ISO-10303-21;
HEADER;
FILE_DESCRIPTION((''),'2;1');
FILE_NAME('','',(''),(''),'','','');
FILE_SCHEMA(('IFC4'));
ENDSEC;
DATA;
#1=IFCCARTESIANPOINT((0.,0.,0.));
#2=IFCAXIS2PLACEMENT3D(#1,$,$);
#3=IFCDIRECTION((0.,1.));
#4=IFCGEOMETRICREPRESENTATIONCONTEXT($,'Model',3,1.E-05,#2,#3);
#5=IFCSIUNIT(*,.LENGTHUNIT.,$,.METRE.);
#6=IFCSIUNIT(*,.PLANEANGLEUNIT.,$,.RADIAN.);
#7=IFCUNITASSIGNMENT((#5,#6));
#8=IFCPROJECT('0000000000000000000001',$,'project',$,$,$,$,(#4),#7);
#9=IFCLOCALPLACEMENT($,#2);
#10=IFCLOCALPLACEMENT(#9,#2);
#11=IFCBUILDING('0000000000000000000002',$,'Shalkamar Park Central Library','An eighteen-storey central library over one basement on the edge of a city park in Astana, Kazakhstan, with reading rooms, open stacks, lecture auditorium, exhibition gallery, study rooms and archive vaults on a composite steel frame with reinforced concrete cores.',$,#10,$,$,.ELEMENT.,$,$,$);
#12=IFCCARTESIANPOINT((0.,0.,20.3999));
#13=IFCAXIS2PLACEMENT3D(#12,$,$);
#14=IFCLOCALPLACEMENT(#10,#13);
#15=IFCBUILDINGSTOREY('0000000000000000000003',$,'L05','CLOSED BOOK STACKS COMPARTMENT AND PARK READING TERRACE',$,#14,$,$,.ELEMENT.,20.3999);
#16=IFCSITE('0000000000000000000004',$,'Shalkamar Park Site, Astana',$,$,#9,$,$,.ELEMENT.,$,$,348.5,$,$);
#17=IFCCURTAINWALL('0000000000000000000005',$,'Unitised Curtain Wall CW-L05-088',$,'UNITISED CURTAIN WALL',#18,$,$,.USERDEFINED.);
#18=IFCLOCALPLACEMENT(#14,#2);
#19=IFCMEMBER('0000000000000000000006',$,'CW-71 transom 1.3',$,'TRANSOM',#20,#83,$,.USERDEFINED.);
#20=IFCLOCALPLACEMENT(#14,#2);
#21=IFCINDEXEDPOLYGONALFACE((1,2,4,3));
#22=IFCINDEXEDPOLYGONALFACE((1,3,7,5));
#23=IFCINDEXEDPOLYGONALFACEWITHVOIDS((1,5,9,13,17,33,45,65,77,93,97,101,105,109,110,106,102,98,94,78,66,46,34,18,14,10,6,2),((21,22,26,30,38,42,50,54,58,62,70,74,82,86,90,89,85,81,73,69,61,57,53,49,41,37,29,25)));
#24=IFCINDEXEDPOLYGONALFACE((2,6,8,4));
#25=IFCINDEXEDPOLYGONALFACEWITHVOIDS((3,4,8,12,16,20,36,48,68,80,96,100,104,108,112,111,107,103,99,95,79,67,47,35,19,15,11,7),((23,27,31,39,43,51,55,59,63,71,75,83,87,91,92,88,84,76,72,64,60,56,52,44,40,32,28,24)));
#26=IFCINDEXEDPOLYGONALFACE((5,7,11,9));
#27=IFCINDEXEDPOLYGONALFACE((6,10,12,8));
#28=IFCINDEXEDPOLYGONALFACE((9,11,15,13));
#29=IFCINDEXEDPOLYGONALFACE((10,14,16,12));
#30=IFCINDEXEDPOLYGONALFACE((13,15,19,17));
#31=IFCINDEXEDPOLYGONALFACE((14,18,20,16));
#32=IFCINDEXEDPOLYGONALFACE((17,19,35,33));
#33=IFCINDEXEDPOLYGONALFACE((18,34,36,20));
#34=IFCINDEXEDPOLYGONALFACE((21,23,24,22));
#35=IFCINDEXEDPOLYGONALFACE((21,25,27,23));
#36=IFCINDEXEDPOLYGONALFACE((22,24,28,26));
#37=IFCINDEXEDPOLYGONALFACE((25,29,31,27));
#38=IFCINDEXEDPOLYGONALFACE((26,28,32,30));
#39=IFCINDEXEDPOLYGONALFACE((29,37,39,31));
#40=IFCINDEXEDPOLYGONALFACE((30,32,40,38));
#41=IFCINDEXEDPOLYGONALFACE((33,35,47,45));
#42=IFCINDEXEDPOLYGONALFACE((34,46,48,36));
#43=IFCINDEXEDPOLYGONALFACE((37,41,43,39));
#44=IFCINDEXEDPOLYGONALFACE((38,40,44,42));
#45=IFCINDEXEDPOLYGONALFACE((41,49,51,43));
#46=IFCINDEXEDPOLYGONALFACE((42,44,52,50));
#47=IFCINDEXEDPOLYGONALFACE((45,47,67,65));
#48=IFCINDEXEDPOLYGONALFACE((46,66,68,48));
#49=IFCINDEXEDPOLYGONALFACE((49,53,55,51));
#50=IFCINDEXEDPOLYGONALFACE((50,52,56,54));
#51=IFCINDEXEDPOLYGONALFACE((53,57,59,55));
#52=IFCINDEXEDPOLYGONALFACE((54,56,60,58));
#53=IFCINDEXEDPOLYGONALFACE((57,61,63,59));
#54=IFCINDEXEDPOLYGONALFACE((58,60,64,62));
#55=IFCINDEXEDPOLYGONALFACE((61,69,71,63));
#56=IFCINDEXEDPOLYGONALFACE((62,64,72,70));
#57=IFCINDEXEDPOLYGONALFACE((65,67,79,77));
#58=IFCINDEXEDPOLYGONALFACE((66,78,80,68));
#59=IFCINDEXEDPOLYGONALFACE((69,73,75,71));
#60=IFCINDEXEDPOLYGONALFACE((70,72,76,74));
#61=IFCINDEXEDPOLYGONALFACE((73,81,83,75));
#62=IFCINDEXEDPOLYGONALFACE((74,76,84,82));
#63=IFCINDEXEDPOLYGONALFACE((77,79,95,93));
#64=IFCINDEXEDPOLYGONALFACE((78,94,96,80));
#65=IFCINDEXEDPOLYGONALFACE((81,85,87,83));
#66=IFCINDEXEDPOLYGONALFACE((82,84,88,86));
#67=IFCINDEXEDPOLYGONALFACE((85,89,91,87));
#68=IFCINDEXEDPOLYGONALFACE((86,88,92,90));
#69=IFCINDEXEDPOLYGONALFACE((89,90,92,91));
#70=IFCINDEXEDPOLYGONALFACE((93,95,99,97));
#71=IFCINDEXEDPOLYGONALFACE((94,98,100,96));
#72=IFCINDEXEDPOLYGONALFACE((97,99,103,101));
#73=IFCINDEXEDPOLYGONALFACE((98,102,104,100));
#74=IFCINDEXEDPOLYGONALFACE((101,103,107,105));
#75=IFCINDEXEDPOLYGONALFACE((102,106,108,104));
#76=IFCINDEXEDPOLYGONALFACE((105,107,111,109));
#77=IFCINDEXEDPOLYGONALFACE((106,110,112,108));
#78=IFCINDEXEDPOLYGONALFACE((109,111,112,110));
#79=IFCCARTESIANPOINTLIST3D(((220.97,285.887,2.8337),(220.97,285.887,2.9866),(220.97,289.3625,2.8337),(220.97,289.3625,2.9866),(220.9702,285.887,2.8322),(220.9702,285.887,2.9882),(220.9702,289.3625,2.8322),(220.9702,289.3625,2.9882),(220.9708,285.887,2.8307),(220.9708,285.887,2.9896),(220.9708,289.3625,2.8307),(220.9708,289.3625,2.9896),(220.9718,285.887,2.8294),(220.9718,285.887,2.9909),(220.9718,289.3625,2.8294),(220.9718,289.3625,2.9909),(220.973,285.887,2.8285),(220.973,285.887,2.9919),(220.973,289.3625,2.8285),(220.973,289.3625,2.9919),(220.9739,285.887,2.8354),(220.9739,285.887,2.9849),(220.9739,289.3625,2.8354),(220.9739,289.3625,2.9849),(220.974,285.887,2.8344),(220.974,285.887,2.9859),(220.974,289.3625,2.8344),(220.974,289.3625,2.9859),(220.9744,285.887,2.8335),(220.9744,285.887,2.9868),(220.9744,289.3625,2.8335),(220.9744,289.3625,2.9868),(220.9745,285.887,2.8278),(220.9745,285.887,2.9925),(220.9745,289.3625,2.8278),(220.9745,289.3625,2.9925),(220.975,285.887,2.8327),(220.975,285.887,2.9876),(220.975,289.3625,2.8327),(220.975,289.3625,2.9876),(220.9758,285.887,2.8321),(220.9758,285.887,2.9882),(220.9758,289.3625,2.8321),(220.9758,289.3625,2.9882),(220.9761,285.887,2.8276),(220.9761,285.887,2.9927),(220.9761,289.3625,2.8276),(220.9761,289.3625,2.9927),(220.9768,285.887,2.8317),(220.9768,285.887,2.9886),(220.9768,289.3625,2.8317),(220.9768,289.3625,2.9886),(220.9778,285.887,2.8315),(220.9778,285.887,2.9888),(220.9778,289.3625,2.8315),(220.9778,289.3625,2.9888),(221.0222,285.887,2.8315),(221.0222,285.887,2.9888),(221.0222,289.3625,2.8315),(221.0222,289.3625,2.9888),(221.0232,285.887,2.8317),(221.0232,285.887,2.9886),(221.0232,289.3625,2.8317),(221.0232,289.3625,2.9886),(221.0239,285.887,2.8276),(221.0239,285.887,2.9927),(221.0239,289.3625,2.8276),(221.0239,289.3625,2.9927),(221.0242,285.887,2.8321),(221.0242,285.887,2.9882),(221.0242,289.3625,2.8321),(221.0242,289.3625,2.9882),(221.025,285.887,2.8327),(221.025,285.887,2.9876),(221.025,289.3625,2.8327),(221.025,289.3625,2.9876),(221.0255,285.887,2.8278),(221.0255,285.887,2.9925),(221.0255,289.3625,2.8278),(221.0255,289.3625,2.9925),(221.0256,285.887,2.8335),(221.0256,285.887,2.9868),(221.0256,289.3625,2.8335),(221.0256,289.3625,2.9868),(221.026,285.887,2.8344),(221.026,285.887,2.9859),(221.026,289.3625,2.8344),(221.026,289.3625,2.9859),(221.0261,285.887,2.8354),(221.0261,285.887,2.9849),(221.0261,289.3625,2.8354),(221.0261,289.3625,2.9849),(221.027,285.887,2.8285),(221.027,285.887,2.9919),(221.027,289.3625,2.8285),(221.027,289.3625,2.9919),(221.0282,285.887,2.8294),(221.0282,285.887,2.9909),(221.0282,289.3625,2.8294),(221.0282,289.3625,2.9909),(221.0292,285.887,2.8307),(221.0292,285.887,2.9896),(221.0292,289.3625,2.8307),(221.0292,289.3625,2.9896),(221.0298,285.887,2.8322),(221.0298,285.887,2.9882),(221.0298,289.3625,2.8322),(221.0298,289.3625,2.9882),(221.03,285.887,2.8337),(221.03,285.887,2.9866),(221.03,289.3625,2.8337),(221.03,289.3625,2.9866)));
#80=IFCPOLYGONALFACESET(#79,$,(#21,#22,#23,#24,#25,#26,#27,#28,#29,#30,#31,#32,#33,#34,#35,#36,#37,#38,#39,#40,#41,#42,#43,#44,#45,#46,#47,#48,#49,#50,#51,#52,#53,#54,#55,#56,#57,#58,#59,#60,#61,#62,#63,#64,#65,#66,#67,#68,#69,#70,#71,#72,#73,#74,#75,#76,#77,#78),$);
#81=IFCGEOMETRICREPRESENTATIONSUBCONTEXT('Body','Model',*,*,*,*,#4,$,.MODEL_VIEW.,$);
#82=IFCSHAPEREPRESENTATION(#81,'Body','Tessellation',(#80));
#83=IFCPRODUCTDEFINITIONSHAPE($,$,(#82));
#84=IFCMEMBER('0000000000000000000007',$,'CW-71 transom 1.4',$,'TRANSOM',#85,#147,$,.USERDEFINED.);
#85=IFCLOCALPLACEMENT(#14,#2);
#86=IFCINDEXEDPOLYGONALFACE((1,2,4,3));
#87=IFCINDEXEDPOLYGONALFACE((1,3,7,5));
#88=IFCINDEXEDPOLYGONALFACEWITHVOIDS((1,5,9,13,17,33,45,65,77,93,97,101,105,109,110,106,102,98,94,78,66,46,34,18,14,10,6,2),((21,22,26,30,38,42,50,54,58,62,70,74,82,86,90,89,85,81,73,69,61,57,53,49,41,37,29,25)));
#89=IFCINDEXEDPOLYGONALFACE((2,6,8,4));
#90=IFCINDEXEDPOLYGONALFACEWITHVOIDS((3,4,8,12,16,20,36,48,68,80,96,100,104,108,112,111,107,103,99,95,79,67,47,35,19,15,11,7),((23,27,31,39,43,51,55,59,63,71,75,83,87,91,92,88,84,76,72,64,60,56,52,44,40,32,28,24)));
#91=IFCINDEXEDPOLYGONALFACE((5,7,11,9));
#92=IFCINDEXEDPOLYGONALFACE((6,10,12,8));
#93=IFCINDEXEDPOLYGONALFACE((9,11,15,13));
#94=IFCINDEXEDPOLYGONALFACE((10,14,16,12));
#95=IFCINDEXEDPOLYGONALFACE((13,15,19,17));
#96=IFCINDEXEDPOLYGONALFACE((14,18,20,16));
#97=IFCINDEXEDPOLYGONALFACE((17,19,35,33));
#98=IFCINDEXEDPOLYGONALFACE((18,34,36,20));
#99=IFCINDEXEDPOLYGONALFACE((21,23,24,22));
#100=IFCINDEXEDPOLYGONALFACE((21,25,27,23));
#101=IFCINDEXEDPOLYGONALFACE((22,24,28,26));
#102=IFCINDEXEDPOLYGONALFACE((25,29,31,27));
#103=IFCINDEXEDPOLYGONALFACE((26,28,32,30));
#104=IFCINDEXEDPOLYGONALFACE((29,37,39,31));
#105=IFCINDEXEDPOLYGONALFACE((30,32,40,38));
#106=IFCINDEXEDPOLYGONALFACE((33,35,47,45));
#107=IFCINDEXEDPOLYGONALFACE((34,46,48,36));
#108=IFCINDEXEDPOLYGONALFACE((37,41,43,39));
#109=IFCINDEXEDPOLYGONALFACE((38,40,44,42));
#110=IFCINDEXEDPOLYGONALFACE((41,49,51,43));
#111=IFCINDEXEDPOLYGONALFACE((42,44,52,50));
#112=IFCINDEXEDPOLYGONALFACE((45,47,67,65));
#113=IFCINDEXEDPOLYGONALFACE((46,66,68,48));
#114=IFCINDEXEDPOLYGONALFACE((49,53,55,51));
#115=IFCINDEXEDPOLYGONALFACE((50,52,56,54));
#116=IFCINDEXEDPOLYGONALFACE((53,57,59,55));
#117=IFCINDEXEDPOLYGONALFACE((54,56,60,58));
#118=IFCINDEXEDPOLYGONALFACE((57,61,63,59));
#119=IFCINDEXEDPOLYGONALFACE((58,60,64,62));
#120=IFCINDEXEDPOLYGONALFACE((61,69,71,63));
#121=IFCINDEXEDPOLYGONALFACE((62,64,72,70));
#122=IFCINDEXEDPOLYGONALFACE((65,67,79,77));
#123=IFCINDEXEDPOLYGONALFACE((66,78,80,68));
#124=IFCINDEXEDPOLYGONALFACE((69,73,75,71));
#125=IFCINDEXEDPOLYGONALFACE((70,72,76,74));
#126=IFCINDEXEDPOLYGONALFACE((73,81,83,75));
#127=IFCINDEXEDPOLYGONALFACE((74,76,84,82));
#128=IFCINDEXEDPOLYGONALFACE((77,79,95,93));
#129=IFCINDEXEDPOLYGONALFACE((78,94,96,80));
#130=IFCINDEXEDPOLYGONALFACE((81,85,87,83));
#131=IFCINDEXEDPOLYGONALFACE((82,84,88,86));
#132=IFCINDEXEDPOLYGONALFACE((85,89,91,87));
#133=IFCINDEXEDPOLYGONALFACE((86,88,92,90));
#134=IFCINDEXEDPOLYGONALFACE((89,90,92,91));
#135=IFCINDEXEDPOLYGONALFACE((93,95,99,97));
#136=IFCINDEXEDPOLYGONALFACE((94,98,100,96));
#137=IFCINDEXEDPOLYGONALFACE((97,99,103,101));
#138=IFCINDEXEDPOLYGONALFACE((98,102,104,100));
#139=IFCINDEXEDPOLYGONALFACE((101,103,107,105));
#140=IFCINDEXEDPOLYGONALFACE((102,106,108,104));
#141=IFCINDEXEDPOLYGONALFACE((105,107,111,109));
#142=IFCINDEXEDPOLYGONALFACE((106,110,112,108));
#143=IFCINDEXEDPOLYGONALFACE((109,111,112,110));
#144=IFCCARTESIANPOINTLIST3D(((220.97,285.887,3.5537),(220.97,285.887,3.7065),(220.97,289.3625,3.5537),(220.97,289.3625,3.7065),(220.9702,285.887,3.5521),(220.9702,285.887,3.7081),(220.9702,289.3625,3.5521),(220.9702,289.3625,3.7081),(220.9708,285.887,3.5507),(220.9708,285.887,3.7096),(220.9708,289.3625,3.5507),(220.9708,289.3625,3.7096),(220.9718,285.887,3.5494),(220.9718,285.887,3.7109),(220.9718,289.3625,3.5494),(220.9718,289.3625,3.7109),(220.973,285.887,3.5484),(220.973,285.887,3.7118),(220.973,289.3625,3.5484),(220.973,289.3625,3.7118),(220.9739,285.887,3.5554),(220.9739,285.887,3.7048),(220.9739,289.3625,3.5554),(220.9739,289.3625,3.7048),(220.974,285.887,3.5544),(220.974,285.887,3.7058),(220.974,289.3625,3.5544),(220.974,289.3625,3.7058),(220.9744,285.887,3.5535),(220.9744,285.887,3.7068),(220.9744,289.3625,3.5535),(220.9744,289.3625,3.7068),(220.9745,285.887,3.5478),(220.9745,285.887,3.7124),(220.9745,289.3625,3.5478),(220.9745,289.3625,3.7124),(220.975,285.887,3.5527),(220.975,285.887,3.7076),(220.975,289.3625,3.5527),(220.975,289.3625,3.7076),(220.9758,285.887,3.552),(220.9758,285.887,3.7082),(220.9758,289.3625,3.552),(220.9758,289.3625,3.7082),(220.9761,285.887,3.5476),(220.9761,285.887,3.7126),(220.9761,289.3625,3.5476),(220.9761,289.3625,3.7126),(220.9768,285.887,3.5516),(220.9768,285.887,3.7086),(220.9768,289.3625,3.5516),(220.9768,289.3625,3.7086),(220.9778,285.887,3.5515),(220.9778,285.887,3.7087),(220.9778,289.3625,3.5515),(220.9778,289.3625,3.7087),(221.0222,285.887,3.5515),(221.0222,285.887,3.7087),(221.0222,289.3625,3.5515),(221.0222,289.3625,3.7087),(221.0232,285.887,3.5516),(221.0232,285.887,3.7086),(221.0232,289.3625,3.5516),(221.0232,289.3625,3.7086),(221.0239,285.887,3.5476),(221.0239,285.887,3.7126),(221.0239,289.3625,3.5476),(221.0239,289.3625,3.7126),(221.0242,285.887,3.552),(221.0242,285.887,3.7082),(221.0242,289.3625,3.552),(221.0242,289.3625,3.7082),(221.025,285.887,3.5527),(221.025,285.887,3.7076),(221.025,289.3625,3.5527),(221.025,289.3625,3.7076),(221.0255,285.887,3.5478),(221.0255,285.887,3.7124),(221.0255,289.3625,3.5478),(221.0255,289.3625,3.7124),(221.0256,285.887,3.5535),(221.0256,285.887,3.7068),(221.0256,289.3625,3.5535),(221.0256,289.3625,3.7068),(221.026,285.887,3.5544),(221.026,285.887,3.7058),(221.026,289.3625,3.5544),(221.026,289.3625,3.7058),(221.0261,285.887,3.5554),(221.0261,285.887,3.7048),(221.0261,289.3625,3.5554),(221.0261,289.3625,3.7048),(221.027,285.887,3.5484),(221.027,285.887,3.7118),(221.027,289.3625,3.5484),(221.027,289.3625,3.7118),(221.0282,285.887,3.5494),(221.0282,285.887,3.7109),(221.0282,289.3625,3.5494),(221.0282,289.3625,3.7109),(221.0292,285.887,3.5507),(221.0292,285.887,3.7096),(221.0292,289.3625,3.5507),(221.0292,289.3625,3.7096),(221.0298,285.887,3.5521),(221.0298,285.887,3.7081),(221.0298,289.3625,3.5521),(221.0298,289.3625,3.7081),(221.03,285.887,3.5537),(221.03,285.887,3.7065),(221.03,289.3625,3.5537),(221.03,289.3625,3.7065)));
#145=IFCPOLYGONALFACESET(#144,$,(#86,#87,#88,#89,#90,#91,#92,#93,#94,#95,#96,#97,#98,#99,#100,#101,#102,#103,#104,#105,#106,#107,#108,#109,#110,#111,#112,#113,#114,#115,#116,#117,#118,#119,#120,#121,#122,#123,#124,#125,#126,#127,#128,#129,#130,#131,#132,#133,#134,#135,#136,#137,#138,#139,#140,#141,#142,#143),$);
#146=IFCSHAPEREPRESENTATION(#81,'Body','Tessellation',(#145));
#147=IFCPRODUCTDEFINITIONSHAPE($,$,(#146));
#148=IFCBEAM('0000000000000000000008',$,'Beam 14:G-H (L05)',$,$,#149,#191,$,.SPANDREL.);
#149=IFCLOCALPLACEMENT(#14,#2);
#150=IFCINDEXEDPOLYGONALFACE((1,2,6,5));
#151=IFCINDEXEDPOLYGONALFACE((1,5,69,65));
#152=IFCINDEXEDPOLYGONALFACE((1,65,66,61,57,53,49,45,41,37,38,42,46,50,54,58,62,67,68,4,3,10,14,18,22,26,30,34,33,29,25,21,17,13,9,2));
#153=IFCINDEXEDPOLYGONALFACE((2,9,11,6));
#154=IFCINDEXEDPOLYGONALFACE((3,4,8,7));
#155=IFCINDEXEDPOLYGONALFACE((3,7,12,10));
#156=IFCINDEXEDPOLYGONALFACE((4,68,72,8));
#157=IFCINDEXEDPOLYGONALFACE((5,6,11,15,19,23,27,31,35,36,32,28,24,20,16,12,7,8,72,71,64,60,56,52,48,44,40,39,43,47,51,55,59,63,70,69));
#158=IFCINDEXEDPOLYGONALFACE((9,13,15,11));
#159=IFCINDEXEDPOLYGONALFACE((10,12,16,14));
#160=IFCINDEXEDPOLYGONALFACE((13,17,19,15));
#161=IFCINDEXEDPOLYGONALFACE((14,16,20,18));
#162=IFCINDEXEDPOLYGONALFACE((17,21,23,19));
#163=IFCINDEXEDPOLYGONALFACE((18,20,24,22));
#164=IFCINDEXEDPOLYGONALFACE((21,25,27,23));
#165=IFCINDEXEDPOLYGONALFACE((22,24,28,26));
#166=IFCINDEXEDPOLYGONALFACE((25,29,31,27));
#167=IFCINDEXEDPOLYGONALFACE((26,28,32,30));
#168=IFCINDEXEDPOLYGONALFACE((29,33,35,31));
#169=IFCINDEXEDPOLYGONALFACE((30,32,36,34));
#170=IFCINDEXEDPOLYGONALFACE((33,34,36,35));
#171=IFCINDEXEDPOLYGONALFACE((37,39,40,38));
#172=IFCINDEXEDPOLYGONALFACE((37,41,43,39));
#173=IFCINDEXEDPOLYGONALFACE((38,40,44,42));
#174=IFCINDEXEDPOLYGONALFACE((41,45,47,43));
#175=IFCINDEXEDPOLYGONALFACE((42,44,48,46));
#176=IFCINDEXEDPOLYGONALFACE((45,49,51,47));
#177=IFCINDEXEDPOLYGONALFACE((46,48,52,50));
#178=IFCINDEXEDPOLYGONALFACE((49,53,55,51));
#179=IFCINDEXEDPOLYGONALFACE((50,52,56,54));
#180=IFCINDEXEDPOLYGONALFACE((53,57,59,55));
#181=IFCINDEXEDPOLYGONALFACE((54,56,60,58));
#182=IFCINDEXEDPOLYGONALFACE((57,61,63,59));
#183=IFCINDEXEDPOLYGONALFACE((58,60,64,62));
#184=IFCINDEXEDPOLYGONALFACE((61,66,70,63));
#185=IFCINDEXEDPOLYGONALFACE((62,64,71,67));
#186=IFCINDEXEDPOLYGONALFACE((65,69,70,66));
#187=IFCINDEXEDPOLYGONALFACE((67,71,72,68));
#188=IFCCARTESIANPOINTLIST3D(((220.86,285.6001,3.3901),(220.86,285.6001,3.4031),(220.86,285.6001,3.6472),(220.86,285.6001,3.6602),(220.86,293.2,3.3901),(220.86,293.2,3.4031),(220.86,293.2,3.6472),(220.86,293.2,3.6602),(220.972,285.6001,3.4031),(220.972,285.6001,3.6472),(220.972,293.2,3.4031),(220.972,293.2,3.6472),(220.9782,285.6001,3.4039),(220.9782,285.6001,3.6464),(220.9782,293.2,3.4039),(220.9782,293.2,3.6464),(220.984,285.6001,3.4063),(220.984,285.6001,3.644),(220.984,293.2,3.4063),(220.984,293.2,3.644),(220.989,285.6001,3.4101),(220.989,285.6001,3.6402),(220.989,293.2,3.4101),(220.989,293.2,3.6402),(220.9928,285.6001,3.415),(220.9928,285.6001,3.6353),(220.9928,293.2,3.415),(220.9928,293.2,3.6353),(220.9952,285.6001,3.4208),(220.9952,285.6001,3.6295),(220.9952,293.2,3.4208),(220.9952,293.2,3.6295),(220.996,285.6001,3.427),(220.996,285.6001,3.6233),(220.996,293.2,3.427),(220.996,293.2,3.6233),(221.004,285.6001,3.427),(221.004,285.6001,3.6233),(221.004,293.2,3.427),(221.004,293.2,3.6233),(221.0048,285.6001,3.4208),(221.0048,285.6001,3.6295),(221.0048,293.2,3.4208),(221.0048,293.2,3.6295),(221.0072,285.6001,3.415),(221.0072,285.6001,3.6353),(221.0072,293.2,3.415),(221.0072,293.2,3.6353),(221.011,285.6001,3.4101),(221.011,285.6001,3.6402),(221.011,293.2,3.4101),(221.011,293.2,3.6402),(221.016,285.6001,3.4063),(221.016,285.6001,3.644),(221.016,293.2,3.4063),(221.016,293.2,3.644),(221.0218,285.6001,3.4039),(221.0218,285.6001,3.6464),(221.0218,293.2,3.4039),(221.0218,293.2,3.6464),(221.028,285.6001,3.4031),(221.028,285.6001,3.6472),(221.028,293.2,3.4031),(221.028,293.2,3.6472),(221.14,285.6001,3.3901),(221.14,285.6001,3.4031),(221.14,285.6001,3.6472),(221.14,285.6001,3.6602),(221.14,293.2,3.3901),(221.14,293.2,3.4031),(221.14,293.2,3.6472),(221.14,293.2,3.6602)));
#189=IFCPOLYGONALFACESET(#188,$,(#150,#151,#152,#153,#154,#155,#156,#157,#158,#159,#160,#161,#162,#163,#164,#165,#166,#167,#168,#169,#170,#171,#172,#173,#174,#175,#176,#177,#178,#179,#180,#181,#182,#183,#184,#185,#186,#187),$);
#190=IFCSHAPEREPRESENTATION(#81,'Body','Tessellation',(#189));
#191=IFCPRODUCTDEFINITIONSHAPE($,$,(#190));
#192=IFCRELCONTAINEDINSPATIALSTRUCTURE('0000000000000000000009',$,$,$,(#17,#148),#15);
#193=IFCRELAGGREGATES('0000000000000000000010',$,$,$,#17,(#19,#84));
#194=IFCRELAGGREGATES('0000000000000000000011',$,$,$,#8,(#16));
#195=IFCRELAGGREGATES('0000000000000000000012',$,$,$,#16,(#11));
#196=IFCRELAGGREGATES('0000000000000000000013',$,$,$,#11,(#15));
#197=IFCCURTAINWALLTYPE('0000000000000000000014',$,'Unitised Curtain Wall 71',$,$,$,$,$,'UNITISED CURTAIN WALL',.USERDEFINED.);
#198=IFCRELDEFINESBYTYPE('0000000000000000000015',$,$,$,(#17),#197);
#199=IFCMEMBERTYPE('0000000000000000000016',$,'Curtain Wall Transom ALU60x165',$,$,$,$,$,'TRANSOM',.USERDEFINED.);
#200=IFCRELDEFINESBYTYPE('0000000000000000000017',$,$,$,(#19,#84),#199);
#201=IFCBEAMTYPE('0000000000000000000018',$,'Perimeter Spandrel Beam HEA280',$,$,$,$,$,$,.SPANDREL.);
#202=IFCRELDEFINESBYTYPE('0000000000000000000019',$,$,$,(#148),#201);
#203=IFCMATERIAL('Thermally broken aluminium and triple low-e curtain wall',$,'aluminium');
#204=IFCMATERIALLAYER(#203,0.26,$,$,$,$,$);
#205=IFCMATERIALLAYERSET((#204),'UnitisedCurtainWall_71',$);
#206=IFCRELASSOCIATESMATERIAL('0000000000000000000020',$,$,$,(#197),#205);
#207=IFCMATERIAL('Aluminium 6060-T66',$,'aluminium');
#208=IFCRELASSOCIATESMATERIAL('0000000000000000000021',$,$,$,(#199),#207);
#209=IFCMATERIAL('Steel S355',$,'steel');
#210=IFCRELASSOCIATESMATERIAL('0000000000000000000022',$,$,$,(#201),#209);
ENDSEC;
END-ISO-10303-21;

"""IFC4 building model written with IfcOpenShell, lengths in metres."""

from ifc_helpers import new_model, si_unit, direction, frame, origin, origin_2d, place, context, subcontext, project, spatial, hollow_rectangle, i_section, extrude, material, layer, layer_set, material_profile, profile_set, type_object, element, aggregate, save


model = new_model("IFC4")

# Units and contexts
model_context = context("Model", 3, precision=1e-05, world=origin(), true_north=direction((0.0, 1.0)))
body_context = subcontext(model_context, "Body", "Model", "MODEL_VIEW")
ifc_project = project(units=[si_unit("LENGTHUNIT", "METRE"), si_unit("PLANEANGLEUNIT", "RADIAN")], contexts=[model_context])

# Site, building, storey
site_placement = place(None, origin())
site = spatial("IfcSite", under=ifc_project, at=site_placement, Name="Shalkamar Park Site, Astana", CompositionType="ELEMENT", RefElevation=348.5)
building_placement = place(site_placement, origin())
building = spatial("IfcBuilding", under=site, at=building_placement, Name="Shalkamar Park Central Library", Description="An eighteen-storey central library over one basement on the edge of a city park in Astana, Kazakhstan, with reading rooms, open stacks, lecture auditorium, exhibition gallery, study rooms and archive vaults on a composite steel frame with reinforced concrete cores.", CompositionType="ELEMENT")
storey_placement = place(building_placement, frame((0.0, 0.0, 20.3999)))
storey = spatial("IfcBuildingStorey", under=building, at=storey_placement, Name="L05", Description="CLOSED BOOK STACKS COMPARTMENT AND PARK READING TERRACE", CompositionType="ELEMENT", Elevation=20.3999)

# Shared definitions
ifc_material_1 = material(Name="Steel S355", Category="steel")

# Curtain wall, members
ifc_material_2 = material(Name="Thermally broken aluminium and triple low-e curtain wall", Category="aluminium")
ifc_layer_1 = layer(ifc_material_2, 0.26)
ifc_layer_set_1 = layer_set([ifc_layer_1], Name="UnitisedCurtainWall_71")
curtain_wall_type = type_object("IfcCurtainWallType", Name="Unitised Curtain Wall 71", ElementType="UNITISED CURTAIN WALL", PredefinedType="USERDEFINED", material=ifc_layer_set_1)
curtain_wall_placement = place(storey_placement, origin())
curtain_wall = element("IfcCurtainWall", 1, at=curtain_wall_placement, inside=storey, type_object=curtain_wall_type, Name="Unitised Curtain Wall CW-L05-088", ObjectType="UNITISED CURTAIN WALL", PredefinedType="USERDEFINED")
ifc_material_3 = material(Name="Aluminium 6060-T66", Category="aluminium")
ifc_material_profile_1 = material_profile(ifc_material_3, hollow_rectangle(XDim=0.0601, YDim=0.165, WallThickness=0.0039, InnerFilletRadius=0.0039, OuterFilletRadius=0.0061, at=origin_2d()), Name="ALU 60x165x4")
ifc_profile_set_1 = profile_set([ifc_material_profile_1], Name="Aluminium 6060-T66")
member_type_1 = type_object("IfcMemberType", Name="Curtain Wall Transom ALU60x165", ElementType="TRANSOM", PredefinedType="USERDEFINED", material=ifc_profile_set_1)
member_1_placement = place(storey_placement, frame((221.0, 285.887, 2.9102), z_axis=(0.0, 1.0, 0.0), x_axis=(-1.0, 0.0, 0.0)))
member_1 = element("IfcMember", 2, at=member_1_placement, type_object=member_type_1, Name="CW-71 transom 1.3", ObjectType="TRANSOM", PredefinedType="USERDEFINED", context=body_context, shape_type="SweptSolid", body=[
    extrude(hollow_rectangle(XDim=0.0601, YDim=0.165, WallThickness=0.0039, InnerFilletRadius=0.0039, OuterFilletRadius=0.0061, at=origin_2d()), origin(), (0.0, 0.0, 1.0), 3.4756),
])
member_2_placement = place(storey_placement, frame((221.0, 285.887, 3.6301), z_axis=(0.0, 1.0, 0.0), x_axis=(-1.0, 0.0, 0.0)))
member_2 = element("IfcMember", 3, at=member_2_placement, type_object=member_type_1, Name="CW-71 transom 1.4", ObjectType="TRANSOM", PredefinedType="USERDEFINED", context=body_context, shape_type="SweptSolid", body=[
    extrude(hollow_rectangle(XDim=0.0601, YDim=0.165, WallThickness=0.0039, InnerFilletRadius=0.0039, OuterFilletRadius=0.0061, at=origin_2d()), origin(), (0.0, 0.0, 1.0), 3.4756),
])

# Beam
ifc_material_profile_2 = material_profile(ifc_material_1, i_section(OverallWidth=0.28, OverallDepth=0.27, WebThickness=0.0081, FlangeThickness=0.0129, FilletRadius=0.0239, at=origin_2d()), Name="HEA 280")
ifc_profile_set_2 = profile_set([ifc_material_profile_2], Name="Steel S355")
beam_type_1 = type_object("IfcBeamType", Name="Perimeter Spandrel Beam HEA280", PredefinedType="SPANDREL", material=ifc_profile_set_2)
beam_1_placement = place(storey_placement, frame((221.0, 285.6001, 3.5251), z_axis=(0.0, 1.0, 0.0), x_axis=(-1.0, 0.0, 0.0)))
element("IfcBeam", 4, at=beam_1_placement, inside=storey, type_object=beam_type_1, Name="Beam 14:G-H (L05)", PredefinedType="SPANDREL", context=body_context, shape_type="SweptSolid", body=[
    extrude(i_section(OverallWidth=0.28, OverallDepth=0.27, WebThickness=0.0081, FlangeThickness=0.0129, FilletRadius=0.0239, at=origin_2d()), origin(), (0.0, 0.0, 1.0), 7.5999),
])

aggregate(curtain_wall, [member_1, member_2])

save(model, "model.ifc")
